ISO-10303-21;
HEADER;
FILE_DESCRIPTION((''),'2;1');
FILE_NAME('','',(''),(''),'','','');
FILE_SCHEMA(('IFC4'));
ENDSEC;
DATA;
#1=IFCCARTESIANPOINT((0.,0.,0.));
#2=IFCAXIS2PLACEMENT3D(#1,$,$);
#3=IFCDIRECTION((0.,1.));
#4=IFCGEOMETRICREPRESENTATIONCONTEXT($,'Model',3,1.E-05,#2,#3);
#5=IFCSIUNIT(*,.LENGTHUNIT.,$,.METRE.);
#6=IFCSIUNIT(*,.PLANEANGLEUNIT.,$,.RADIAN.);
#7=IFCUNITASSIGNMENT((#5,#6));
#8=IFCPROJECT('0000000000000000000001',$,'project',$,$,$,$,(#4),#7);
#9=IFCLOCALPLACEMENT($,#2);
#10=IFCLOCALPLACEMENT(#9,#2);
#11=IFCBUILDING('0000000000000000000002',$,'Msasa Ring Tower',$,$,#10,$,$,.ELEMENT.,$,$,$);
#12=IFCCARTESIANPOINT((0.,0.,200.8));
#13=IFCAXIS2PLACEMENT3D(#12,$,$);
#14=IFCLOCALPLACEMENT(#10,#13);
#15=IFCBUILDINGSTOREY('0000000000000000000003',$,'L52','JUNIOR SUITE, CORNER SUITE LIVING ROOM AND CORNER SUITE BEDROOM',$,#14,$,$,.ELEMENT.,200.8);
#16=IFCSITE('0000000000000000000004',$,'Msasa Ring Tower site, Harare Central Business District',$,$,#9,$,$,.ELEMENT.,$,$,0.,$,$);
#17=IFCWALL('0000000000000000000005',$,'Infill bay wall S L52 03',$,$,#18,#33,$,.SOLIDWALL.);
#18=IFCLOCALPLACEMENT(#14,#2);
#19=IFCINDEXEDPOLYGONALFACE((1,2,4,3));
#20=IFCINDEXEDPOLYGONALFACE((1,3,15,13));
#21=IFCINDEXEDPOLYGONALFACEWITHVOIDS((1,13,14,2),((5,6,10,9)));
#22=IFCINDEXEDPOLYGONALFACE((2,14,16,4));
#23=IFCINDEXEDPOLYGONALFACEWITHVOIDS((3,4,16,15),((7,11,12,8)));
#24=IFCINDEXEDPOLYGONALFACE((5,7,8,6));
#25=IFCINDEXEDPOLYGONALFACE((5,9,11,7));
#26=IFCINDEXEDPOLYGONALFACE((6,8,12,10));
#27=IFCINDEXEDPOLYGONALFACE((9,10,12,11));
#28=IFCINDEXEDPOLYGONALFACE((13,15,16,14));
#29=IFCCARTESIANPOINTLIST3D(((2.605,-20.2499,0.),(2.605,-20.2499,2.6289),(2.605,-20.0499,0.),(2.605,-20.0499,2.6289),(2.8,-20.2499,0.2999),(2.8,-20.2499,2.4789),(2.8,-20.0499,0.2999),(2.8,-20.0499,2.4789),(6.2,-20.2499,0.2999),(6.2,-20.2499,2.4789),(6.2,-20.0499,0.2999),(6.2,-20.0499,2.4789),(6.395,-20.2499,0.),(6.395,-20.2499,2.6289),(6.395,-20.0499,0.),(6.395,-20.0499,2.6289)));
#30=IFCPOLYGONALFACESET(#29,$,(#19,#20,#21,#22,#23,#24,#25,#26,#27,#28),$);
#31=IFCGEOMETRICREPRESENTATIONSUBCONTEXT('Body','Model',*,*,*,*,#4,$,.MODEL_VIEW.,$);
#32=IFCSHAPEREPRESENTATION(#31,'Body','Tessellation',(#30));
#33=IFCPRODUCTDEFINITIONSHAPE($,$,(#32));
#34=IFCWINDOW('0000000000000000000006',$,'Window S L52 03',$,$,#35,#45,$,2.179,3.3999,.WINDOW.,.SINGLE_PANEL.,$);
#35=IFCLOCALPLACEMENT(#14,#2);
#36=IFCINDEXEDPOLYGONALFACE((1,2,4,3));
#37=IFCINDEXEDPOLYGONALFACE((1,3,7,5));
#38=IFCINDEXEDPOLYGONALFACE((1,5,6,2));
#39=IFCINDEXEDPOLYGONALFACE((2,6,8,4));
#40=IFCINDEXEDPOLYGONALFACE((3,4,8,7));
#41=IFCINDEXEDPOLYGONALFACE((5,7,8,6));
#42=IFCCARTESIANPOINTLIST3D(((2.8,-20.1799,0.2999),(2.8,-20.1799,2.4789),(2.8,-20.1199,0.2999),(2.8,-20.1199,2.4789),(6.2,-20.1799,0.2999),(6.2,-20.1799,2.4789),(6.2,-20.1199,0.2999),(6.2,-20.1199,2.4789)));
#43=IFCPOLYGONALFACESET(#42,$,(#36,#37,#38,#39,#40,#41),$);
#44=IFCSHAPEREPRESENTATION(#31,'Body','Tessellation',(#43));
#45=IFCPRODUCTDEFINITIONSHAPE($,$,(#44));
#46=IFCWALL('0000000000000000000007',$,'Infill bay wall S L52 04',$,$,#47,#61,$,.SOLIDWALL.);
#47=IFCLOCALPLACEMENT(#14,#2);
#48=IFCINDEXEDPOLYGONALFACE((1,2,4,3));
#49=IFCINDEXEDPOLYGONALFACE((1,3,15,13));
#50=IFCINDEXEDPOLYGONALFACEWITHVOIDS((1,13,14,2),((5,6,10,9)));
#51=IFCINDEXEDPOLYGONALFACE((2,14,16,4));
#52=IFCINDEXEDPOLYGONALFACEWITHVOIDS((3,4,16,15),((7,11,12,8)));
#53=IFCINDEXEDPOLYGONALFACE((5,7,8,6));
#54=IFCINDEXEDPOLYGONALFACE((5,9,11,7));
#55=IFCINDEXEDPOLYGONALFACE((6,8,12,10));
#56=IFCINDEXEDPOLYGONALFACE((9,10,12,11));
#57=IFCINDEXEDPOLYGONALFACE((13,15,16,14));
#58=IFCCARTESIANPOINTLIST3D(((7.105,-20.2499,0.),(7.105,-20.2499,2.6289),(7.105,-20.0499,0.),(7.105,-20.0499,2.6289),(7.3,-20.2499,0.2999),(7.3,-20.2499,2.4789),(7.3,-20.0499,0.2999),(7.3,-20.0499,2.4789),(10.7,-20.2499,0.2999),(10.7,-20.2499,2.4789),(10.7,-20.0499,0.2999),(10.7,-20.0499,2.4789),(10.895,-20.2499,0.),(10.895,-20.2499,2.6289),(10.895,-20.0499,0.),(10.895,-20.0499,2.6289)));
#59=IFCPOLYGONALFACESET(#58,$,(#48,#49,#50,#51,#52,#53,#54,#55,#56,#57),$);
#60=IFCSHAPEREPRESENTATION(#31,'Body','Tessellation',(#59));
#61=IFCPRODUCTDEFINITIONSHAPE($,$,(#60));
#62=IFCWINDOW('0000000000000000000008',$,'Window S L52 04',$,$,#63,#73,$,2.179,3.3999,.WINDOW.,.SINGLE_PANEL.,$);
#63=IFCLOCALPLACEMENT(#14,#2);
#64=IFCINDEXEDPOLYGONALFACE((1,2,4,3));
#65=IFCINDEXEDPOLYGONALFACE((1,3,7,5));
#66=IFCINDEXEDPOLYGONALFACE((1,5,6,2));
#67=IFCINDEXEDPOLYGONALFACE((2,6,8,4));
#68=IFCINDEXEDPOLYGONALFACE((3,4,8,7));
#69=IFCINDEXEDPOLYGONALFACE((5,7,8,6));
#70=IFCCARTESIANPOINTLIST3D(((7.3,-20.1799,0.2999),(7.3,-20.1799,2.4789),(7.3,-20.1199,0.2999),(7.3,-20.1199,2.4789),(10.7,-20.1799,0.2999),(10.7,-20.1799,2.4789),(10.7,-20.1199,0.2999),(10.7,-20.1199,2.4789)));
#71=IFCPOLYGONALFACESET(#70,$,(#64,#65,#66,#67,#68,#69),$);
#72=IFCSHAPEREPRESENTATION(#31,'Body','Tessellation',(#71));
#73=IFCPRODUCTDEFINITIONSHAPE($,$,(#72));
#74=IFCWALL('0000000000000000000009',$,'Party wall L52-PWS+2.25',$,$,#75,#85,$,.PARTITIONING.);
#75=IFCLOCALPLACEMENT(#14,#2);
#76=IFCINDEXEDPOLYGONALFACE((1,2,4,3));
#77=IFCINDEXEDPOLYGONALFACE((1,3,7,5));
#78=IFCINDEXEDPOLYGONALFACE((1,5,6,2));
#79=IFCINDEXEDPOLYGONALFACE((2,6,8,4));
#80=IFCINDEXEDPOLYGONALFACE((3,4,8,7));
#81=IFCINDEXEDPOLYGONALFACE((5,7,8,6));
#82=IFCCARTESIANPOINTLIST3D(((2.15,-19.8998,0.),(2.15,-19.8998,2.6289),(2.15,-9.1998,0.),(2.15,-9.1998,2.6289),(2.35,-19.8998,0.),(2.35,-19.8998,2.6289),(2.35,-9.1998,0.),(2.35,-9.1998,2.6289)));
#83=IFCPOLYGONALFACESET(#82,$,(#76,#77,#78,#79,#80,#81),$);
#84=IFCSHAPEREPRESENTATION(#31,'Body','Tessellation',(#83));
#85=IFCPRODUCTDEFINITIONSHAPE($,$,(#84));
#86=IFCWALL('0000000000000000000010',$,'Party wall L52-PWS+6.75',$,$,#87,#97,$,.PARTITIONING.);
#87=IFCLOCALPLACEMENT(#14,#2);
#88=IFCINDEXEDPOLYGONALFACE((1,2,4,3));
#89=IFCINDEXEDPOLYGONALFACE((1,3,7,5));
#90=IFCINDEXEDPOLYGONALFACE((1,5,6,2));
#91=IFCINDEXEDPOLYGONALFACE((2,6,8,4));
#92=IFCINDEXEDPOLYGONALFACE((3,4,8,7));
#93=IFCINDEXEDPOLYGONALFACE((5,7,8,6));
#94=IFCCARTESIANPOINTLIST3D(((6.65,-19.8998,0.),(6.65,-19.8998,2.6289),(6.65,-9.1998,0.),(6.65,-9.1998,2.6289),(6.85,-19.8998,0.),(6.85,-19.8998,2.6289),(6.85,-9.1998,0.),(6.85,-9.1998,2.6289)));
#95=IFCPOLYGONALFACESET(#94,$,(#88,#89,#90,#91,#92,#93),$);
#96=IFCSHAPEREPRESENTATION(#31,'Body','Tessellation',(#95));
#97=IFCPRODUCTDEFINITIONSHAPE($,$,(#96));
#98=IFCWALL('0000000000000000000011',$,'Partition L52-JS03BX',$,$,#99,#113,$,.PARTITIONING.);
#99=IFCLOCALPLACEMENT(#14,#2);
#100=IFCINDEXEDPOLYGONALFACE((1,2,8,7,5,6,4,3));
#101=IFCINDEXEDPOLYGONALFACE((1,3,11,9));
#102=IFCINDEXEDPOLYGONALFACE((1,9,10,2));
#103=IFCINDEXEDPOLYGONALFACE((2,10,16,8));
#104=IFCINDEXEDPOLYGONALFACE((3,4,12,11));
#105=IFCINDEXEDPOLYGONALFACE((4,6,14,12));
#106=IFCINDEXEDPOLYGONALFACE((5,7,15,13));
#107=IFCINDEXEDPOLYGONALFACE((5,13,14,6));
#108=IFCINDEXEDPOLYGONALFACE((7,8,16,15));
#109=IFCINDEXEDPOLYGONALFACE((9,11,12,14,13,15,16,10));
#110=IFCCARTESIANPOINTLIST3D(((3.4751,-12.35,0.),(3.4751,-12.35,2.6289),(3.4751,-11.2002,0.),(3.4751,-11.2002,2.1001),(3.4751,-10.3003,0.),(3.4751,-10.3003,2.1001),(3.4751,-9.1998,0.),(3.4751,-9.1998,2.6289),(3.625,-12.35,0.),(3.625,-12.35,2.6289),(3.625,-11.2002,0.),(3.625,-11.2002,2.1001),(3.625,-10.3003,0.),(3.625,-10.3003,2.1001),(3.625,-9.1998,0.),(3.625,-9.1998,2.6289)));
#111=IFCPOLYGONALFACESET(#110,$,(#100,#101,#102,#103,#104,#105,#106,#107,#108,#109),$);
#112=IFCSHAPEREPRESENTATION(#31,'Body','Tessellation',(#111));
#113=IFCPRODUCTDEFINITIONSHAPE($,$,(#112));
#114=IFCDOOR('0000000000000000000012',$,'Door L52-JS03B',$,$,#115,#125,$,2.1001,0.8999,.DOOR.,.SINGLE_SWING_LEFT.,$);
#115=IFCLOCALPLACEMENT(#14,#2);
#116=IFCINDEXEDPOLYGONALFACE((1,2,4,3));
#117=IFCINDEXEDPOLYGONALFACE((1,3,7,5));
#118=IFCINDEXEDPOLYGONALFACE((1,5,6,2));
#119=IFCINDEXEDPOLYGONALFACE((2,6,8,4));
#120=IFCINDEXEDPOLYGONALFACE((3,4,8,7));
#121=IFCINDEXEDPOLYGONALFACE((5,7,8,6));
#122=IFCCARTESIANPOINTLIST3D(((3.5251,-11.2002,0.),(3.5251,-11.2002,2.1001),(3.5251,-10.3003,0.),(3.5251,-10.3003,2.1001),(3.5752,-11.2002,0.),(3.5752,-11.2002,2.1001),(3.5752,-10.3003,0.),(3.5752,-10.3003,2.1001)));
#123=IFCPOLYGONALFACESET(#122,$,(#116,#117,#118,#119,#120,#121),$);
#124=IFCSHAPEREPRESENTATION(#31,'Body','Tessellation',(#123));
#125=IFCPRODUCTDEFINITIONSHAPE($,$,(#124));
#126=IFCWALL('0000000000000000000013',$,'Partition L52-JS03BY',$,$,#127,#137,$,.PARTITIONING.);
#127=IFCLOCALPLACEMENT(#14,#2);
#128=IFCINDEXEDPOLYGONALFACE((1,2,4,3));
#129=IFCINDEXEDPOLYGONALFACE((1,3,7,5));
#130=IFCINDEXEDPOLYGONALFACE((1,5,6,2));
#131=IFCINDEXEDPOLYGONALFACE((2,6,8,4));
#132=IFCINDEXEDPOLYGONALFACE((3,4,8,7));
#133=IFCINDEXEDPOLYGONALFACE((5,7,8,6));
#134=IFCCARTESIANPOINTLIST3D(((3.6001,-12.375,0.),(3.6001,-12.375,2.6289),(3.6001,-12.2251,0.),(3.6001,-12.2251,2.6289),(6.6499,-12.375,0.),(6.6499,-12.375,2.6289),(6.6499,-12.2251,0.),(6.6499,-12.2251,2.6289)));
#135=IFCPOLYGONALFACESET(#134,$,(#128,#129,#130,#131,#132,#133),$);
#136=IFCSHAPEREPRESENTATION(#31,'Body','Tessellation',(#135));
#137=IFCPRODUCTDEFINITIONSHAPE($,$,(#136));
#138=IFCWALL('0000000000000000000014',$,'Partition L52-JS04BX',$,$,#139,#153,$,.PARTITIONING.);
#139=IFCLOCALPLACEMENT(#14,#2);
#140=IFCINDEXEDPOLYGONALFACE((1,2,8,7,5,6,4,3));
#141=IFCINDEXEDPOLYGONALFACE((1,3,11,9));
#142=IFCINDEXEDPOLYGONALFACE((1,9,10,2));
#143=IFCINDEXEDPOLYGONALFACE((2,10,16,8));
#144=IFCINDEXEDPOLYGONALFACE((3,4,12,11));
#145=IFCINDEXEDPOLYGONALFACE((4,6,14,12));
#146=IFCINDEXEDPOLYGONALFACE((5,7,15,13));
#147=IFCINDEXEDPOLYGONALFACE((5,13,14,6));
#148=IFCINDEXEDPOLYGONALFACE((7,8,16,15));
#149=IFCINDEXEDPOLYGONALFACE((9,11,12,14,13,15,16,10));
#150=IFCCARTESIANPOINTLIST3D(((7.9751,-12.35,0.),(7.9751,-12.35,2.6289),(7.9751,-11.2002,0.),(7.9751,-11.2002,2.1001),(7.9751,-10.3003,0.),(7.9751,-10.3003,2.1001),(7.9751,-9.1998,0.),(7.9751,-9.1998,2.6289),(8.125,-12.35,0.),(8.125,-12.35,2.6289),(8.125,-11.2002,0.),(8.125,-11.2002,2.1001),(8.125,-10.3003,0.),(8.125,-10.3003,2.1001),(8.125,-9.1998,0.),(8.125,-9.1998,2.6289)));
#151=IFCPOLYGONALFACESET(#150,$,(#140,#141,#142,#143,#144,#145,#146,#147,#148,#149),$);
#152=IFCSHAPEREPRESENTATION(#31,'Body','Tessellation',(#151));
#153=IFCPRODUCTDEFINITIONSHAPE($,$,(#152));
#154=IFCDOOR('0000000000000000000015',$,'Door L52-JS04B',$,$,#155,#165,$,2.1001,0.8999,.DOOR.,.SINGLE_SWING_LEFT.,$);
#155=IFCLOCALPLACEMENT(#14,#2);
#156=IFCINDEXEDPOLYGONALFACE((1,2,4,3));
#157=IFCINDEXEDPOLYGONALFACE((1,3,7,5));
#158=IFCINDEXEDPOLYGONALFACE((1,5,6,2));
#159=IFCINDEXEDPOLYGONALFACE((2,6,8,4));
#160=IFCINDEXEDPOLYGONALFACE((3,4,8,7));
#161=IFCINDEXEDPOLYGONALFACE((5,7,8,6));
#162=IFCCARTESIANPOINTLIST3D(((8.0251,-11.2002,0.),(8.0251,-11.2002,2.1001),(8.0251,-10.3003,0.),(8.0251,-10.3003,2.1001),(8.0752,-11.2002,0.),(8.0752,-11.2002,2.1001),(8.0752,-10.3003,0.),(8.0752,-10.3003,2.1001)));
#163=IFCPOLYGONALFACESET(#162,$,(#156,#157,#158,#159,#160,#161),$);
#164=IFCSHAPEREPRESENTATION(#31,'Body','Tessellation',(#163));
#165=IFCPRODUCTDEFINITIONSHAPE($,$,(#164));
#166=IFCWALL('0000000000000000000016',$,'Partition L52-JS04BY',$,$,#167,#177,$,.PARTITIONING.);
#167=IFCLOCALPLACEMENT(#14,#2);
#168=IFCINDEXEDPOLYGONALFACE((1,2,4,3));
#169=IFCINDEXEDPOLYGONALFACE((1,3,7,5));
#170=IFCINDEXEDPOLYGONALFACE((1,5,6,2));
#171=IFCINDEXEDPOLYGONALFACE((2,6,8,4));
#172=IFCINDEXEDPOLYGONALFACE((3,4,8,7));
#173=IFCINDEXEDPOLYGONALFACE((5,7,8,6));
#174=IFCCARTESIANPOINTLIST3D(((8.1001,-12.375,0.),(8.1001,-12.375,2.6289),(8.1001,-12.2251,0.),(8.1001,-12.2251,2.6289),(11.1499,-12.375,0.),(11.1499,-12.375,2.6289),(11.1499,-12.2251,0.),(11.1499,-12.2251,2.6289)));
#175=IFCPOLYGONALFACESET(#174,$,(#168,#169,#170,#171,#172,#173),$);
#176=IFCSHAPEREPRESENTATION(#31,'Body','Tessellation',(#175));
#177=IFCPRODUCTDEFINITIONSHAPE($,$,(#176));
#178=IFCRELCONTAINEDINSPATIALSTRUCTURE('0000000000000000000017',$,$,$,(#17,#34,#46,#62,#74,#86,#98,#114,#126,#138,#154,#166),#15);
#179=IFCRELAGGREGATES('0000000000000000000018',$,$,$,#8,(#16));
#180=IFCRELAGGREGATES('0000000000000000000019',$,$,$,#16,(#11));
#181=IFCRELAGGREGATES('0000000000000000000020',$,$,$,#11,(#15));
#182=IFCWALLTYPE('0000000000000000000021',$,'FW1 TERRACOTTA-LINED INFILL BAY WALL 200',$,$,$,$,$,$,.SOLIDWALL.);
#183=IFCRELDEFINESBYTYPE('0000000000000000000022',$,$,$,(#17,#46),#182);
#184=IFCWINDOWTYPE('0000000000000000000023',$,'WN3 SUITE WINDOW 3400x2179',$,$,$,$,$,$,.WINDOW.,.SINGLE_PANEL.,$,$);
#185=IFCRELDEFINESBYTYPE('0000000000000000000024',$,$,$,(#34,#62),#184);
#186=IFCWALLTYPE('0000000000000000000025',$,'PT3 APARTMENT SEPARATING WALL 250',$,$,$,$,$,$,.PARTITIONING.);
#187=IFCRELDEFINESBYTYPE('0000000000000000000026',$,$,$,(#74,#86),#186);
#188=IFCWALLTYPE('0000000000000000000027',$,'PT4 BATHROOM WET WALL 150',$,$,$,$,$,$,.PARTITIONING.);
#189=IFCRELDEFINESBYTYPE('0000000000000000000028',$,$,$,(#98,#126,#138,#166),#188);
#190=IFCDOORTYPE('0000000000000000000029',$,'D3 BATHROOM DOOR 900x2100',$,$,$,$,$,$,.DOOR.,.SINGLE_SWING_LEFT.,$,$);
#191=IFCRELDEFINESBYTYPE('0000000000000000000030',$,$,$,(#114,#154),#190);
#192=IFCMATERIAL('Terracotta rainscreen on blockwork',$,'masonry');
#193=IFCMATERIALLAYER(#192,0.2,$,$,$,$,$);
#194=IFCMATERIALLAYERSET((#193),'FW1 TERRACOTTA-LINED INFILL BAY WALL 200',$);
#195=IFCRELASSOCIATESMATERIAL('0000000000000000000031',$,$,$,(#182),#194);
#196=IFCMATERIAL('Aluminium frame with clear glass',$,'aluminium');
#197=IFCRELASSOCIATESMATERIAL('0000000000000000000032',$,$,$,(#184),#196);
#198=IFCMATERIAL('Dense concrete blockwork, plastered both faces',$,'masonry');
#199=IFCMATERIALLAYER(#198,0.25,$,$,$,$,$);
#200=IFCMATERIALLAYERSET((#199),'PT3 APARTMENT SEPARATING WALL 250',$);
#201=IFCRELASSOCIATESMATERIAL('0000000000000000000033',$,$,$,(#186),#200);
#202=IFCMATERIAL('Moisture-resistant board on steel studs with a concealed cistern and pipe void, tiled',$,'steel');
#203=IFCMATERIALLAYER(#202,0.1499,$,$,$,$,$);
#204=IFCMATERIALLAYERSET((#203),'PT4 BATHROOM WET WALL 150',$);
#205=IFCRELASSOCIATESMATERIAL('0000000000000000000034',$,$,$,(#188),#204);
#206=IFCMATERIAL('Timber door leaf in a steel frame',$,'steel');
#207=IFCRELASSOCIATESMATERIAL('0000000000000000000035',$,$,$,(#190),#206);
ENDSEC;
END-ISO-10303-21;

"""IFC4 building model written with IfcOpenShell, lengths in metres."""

from ifc_helpers import new_model, si_unit, direction, frame, frame_2d, origin, place, context, subcontext, project, spatial, rectangle, extrude, material, layer, layer_set, type_object, element, fill, save


model = new_model("IFC4")

# Units and contexts
model_context = context("Model", 3, precision=1e-05, world=origin(), true_north=direction((0.0, 1.0)))
body_context = subcontext(model_context, "Body", "Model", "MODEL_VIEW")
ifc_project = project(units=[si_unit("LENGTHUNIT", "METRE"), si_unit("PLANEANGLEUNIT", "RADIAN")], contexts=[model_context])

# Site, building, storey
site_placement = place(None, origin())
site = spatial("IfcSite", under=ifc_project, at=site_placement, Name="Msasa Ring Tower site, Harare Central Business District", CompositionType="ELEMENT", RefElevation=0.0)
building_placement = place(site_placement, origin())
building = spatial("IfcBuilding", under=site, at=building_placement, Name="Msasa Ring Tower", CompositionType="ELEMENT")
storey_placement = place(building_placement, frame((0.0, 0.0, 200.8)))
storey = spatial("IfcBuildingStorey", under=building, at=storey_placement, Name="L52", Description="JUNIOR SUITE, CORNER SUITE LIVING ROOM AND CORNER SUITE BEDROOM", CompositionType="ELEMENT", Elevation=200.8)

# Walls, openings, windows
ifc_material_1 = material(Name="Terracotta rainscreen on blockwork", Category="masonry")
ifc_layer_1 = layer(ifc_material_1, 0.2)
ifc_layer_set_1 = layer_set([ifc_layer_1], Name="FW1 TERRACOTTA-LINED INFILL BAY WALL 200")
wall_type_1 = type_object("IfcWallType", Name="FW1 TERRACOTTA-LINED INFILL BAY WALL 200", PredefinedType="SOLIDWALL", material=ifc_layer_set_1)
wall_1_placement = place(storey_placement, frame((2.605, -20.1499, 0.0), z_axis=(0.0, 0.0, 1.0), x_axis=(1.0, 0.0, 0.0)))
wall_1 = element("IfcWall", 1, at=wall_1_placement, inside=storey, type_object=wall_type_1, Name="Infill bay wall S L52 03", PredefinedType="SOLIDWALL", context=body_context, shape_type="SweptSolid", body=[
    extrude(rectangle(XDim=3.79, YDim=0.2, at=frame_2d((1.895, 0.0))), origin(), (0.0, 0.0, 1.0), 2.6289),
])
opening_1_placement = place(wall_1_placement, frame((0.1951, 0.0, 0.3)))
opening_1 = element("IfcOpeningElement", 2, at=opening_1_placement, cuts=wall_1, PredefinedType="OPENING", context=body_context, shape_type="SweptSolid", body=[
    extrude(rectangle(XDim=3.3999, YDim=2.179, at=frame_2d((1.7, 1.0894))), frame((0.0, 0.1099, 0.0), z_axis=(0.0, -1.0, 0.0), x_axis=(1.0, 0.0, 0.0)), (0.0, 0.0, 1.0), 0.22),
])
ifc_material_2 = material(Name="Aluminium frame with clear glass", Category="aluminium")
window_type = type_object("IfcWindowType", Name="WN3 SUITE WINDOW 3400x2179", PartitioningType="SINGLE_PANEL", PredefinedType="WINDOW", material=ifc_material_2)
window_1_placement = place(opening_1_placement, origin())
window_1 = element("IfcWindow", 3, at=window_1_placement, inside=storey, type_object=window_type, Name="Window S L52 03", OverallHeight=2.179, OverallWidth=3.3999, PartitioningType="SINGLE_PANEL", PredefinedType="WINDOW", context=body_context, shape_type="SweptSolid", body=[
    extrude(rectangle(XDim=3.3999, YDim=2.179, at=frame_2d((1.7, 1.0894))), frame((0.0, 0.03, 0.0), z_axis=(0.0, -1.0, 0.0), x_axis=(1.0, 0.0, 0.0)), (0.0, 0.0, 1.0), 0.0601),
])
fill(opening_1, window_1)
wall_2_placement = place(storey_placement, frame((7.105, -20.1499, 0.0), z_axis=(0.0, 0.0, 1.0), x_axis=(1.0, 0.0, 0.0)))
wall_2 = element("IfcWall", 4, at=wall_2_placement, inside=storey, type_object=wall_type_1, Name="Infill bay wall S L52 04", PredefinedType="SOLIDWALL", context=body_context, shape_type="SweptSolid", body=[
    extrude(rectangle(XDim=3.79, YDim=0.2, at=frame_2d((1.895, 0.0))), origin(), (0.0, 0.0, 1.0), 2.6289),
])
opening_2_placement = place(wall_2_placement, frame((0.1951, 0.0, 0.3)))
opening_2 = element("IfcOpeningElement", 5, at=opening_2_placement, cuts=wall_2, PredefinedType="OPENING", context=body_context, shape_type="SweptSolid", body=[
    extrude(rectangle(XDim=3.3999, YDim=2.179, at=frame_2d((1.7, 1.0894))), frame((0.0, 0.1099, 0.0), z_axis=(0.0, -1.0, 0.0), x_axis=(1.0, 0.0, 0.0)), (0.0, 0.0, 1.0), 0.22),
])
window_2_placement = place(opening_2_placement, origin())
window_2 = element("IfcWindow", 6, at=window_2_placement, inside=storey, type_object=window_type, Name="Window S L52 04", OverallHeight=2.179, OverallWidth=3.3999, PartitioningType="SINGLE_PANEL", PredefinedType="WINDOW", context=body_context, shape_type="SweptSolid", body=[
    extrude(rectangle(XDim=3.3999, YDim=2.179, at=frame_2d((1.7, 1.0894))), frame((0.0, 0.03, 0.0), z_axis=(0.0, -1.0, 0.0), x_axis=(1.0, 0.0, 0.0)), (0.0, 0.0, 1.0), 0.0601),
])
fill(opening_2, window_2)

# Walls
ifc_material_3 = material(Name="Dense concrete blockwork, plastered both faces", Category="masonry")
ifc_layer_2 = layer(ifc_material_3, 0.25)
ifc_layer_set_2 = layer_set([ifc_layer_2], Name="PT3 APARTMENT SEPARATING WALL 250")
wall_type_2 = type_object("IfcWallType", Name="PT3 APARTMENT SEPARATING WALL 250", PredefinedType="PARTITIONING", material=ifc_layer_set_2)
for number, where, z_axis, x_axis, name in (
    (7, (2.25, -19.8999, 0.0), (0.0, 0.0, 1.0), (0.0, 1.0, 0.0), "Party wall L52-PWS+2.25"),
    (8, (6.75, -19.8999, 0.0), (0.0, 0.0, 1.0), (0.0, 1.0, 0.0), "Party wall L52-PWS+6.75"),
):
    element("IfcWall", number, at=place(storey_placement, frame(where, z_axis=z_axis, x_axis=x_axis)), inside=storey, type_object=wall_type_2, Name=name, PredefinedType="PARTITIONING", context=body_context, shape_type="SweptSolid", body=[
        extrude(rectangle(XDim=10.7, YDim=0.2, at=frame_2d((5.3501, 0.0))), origin(), (0.0, 0.0, 1.0), 2.6289),
    ])

# Wall, opening, door
ifc_material_4 = material(Name="Moisture-resistant board on steel studs with a concealed cistern and pipe void, tiled", Category="steel")
ifc_layer_3 = layer(ifc_material_4, 0.1499)
ifc_layer_set_3 = layer_set([ifc_layer_3], Name="PT4 BATHROOM WET WALL 150")
wall_type_3 = type_object("IfcWallType", Name="PT4 BATHROOM WET WALL 150", PredefinedType="PARTITIONING", material=ifc_layer_set_3)
wall_3_placement = place(storey_placement, frame((3.55, -12.3501, 0.0), z_axis=(0.0, 0.0, 1.0), x_axis=(0.0, 1.0, 0.0)))
wall_3 = element("IfcWall", 9, at=wall_3_placement, inside=storey, type_object=wall_type_3, Name="Partition L52-JS03BX", PredefinedType="PARTITIONING", context=body_context, shape_type="SweptSolid", body=[
    extrude(rectangle(XDim=3.1501, YDim=0.1499, at=frame_2d((1.5752, 0.0))), origin(), (0.0, 0.0, 1.0), 2.6289),
])
opening_3_placement = place(wall_3_placement, frame((1.1499, 0.0, 0.0)))
opening_3 = element("IfcOpeningElement", 10, at=opening_3_placement, cuts=wall_3, PredefinedType="OPENING", context=body_context, shape_type="SweptSolid", body=[
    extrude(rectangle(XDim=0.8999, YDim=2.1001, at=frame_2d((0.45, 1.05))), frame((0.0, 0.085, 0.0), z_axis=(0.0, -1.0, 0.0), x_axis=(1.0, 0.0, 0.0)), (0.0, 0.0, 1.0), 0.1699),
])
ifc_material_5 = material(Name="Timber door leaf in a steel frame", Category="steel")
door_type = type_object("IfcDoorType", Name="D3 BATHROOM DOOR 900x2100", OperationType="SINGLE_SWING_LEFT", PredefinedType="DOOR", material=ifc_material_5)
door_1_placement = place(opening_3_placement, origin())
door_1 = element("IfcDoor", 11, at=door_1_placement, inside=storey, type_object=door_type, Name="Door L52-JS03B", OperationType="SINGLE_SWING_LEFT", OverallHeight=2.1001, OverallWidth=0.8999, PredefinedType="DOOR", context=body_context, shape_type="SweptSolid", body=[
    extrude(rectangle(XDim=0.8999, YDim=2.1001, at=frame_2d((0.45, 1.05))), frame((0.0, 0.0249, 0.0), z_axis=(0.0, -1.0, 0.0), x_axis=(1.0, 0.0, 0.0)), (0.0, 0.0, 1.0), 0.05),
])
fill(opening_3, door_1)

# Wall
wall_4_placement = place(storey_placement, frame((3.6001, -12.3, 0.0), z_axis=(0.0, 0.0, 1.0), x_axis=(1.0, 0.0, 0.0)))
element("IfcWall", 12, at=wall_4_placement, inside=storey, type_object=wall_type_3, Name="Partition L52-JS03BY", PredefinedType="PARTITIONING", context=body_context, shape_type="SweptSolid", body=[
    extrude(rectangle(XDim=3.0498, YDim=0.1499, at=frame_2d((1.5249, 0.0))), origin(), (0.0, 0.0, 1.0), 2.6289),
])

# Wall, opening, door
wall_5_placement = place(storey_placement, frame((8.05, -12.3501, 0.0), z_axis=(0.0, 0.0, 1.0), x_axis=(0.0, 1.0, 0.0)))
wall_5 = element("IfcWall", 13, at=wall_5_placement, inside=storey, type_object=wall_type_3, Name="Partition L52-JS04BX", PredefinedType="PARTITIONING", context=body_context, shape_type="SweptSolid", body=[
    extrude(rectangle(XDim=3.1501, YDim=0.1499, at=frame_2d((1.5752, 0.0))), origin(), (0.0, 0.0, 1.0), 2.6289),
])
opening_4_placement = place(wall_5_placement, frame((1.1499, 0.0, 0.0)))
opening_4 = element("IfcOpeningElement", 14, at=opening_4_placement, cuts=wall_5, PredefinedType="OPENING", context=body_context, shape_type="SweptSolid", body=[
    extrude(rectangle(XDim=0.8999, YDim=2.1001, at=frame_2d((0.45, 1.05))), frame((0.0, 0.085, 0.0), z_axis=(0.0, -1.0, 0.0), x_axis=(1.0, 0.0, 0.0)), (0.0, 0.0, 1.0), 0.1699),
])
door_2_placement = place(opening_4_placement, origin())
door_2 = element("IfcDoor", 15, at=door_2_placement, inside=storey, type_object=door_type, Name="Door L52-JS04B", OperationType="SINGLE_SWING_LEFT", OverallHeight=2.1001, OverallWidth=0.8999, PredefinedType="DOOR", context=body_context, shape_type="SweptSolid", body=[
    extrude(rectangle(XDim=0.8999, YDim=2.1001, at=frame_2d((0.45, 1.05))), frame((0.0, 0.0249, 0.0), z_axis=(0.0, -1.0, 0.0), x_axis=(1.0, 0.0, 0.0)), (0.0, 0.0, 1.0), 0.05),
])
fill(opening_4, door_2)

# Wall
wall_6_placement = place(storey_placement, frame((8.1001, -12.3, 0.0), z_axis=(0.0, 0.0, 1.0), x_axis=(1.0, 0.0, 0.0)))
element("IfcWall", 16, at=wall_6_placement, inside=storey, type_object=wall_type_3, Name="Partition L52-JS04BY", PredefinedType="PARTITIONING", context=body_context, shape_type="SweptSolid", body=[
    extrude(rectangle(XDim=3.0498, YDim=0.1499, at=frame_2d((1.5249, 0.0))), origin(), (0.0, 0.0, 1.0), 2.6289),
])

save(model, "model.ifc")
